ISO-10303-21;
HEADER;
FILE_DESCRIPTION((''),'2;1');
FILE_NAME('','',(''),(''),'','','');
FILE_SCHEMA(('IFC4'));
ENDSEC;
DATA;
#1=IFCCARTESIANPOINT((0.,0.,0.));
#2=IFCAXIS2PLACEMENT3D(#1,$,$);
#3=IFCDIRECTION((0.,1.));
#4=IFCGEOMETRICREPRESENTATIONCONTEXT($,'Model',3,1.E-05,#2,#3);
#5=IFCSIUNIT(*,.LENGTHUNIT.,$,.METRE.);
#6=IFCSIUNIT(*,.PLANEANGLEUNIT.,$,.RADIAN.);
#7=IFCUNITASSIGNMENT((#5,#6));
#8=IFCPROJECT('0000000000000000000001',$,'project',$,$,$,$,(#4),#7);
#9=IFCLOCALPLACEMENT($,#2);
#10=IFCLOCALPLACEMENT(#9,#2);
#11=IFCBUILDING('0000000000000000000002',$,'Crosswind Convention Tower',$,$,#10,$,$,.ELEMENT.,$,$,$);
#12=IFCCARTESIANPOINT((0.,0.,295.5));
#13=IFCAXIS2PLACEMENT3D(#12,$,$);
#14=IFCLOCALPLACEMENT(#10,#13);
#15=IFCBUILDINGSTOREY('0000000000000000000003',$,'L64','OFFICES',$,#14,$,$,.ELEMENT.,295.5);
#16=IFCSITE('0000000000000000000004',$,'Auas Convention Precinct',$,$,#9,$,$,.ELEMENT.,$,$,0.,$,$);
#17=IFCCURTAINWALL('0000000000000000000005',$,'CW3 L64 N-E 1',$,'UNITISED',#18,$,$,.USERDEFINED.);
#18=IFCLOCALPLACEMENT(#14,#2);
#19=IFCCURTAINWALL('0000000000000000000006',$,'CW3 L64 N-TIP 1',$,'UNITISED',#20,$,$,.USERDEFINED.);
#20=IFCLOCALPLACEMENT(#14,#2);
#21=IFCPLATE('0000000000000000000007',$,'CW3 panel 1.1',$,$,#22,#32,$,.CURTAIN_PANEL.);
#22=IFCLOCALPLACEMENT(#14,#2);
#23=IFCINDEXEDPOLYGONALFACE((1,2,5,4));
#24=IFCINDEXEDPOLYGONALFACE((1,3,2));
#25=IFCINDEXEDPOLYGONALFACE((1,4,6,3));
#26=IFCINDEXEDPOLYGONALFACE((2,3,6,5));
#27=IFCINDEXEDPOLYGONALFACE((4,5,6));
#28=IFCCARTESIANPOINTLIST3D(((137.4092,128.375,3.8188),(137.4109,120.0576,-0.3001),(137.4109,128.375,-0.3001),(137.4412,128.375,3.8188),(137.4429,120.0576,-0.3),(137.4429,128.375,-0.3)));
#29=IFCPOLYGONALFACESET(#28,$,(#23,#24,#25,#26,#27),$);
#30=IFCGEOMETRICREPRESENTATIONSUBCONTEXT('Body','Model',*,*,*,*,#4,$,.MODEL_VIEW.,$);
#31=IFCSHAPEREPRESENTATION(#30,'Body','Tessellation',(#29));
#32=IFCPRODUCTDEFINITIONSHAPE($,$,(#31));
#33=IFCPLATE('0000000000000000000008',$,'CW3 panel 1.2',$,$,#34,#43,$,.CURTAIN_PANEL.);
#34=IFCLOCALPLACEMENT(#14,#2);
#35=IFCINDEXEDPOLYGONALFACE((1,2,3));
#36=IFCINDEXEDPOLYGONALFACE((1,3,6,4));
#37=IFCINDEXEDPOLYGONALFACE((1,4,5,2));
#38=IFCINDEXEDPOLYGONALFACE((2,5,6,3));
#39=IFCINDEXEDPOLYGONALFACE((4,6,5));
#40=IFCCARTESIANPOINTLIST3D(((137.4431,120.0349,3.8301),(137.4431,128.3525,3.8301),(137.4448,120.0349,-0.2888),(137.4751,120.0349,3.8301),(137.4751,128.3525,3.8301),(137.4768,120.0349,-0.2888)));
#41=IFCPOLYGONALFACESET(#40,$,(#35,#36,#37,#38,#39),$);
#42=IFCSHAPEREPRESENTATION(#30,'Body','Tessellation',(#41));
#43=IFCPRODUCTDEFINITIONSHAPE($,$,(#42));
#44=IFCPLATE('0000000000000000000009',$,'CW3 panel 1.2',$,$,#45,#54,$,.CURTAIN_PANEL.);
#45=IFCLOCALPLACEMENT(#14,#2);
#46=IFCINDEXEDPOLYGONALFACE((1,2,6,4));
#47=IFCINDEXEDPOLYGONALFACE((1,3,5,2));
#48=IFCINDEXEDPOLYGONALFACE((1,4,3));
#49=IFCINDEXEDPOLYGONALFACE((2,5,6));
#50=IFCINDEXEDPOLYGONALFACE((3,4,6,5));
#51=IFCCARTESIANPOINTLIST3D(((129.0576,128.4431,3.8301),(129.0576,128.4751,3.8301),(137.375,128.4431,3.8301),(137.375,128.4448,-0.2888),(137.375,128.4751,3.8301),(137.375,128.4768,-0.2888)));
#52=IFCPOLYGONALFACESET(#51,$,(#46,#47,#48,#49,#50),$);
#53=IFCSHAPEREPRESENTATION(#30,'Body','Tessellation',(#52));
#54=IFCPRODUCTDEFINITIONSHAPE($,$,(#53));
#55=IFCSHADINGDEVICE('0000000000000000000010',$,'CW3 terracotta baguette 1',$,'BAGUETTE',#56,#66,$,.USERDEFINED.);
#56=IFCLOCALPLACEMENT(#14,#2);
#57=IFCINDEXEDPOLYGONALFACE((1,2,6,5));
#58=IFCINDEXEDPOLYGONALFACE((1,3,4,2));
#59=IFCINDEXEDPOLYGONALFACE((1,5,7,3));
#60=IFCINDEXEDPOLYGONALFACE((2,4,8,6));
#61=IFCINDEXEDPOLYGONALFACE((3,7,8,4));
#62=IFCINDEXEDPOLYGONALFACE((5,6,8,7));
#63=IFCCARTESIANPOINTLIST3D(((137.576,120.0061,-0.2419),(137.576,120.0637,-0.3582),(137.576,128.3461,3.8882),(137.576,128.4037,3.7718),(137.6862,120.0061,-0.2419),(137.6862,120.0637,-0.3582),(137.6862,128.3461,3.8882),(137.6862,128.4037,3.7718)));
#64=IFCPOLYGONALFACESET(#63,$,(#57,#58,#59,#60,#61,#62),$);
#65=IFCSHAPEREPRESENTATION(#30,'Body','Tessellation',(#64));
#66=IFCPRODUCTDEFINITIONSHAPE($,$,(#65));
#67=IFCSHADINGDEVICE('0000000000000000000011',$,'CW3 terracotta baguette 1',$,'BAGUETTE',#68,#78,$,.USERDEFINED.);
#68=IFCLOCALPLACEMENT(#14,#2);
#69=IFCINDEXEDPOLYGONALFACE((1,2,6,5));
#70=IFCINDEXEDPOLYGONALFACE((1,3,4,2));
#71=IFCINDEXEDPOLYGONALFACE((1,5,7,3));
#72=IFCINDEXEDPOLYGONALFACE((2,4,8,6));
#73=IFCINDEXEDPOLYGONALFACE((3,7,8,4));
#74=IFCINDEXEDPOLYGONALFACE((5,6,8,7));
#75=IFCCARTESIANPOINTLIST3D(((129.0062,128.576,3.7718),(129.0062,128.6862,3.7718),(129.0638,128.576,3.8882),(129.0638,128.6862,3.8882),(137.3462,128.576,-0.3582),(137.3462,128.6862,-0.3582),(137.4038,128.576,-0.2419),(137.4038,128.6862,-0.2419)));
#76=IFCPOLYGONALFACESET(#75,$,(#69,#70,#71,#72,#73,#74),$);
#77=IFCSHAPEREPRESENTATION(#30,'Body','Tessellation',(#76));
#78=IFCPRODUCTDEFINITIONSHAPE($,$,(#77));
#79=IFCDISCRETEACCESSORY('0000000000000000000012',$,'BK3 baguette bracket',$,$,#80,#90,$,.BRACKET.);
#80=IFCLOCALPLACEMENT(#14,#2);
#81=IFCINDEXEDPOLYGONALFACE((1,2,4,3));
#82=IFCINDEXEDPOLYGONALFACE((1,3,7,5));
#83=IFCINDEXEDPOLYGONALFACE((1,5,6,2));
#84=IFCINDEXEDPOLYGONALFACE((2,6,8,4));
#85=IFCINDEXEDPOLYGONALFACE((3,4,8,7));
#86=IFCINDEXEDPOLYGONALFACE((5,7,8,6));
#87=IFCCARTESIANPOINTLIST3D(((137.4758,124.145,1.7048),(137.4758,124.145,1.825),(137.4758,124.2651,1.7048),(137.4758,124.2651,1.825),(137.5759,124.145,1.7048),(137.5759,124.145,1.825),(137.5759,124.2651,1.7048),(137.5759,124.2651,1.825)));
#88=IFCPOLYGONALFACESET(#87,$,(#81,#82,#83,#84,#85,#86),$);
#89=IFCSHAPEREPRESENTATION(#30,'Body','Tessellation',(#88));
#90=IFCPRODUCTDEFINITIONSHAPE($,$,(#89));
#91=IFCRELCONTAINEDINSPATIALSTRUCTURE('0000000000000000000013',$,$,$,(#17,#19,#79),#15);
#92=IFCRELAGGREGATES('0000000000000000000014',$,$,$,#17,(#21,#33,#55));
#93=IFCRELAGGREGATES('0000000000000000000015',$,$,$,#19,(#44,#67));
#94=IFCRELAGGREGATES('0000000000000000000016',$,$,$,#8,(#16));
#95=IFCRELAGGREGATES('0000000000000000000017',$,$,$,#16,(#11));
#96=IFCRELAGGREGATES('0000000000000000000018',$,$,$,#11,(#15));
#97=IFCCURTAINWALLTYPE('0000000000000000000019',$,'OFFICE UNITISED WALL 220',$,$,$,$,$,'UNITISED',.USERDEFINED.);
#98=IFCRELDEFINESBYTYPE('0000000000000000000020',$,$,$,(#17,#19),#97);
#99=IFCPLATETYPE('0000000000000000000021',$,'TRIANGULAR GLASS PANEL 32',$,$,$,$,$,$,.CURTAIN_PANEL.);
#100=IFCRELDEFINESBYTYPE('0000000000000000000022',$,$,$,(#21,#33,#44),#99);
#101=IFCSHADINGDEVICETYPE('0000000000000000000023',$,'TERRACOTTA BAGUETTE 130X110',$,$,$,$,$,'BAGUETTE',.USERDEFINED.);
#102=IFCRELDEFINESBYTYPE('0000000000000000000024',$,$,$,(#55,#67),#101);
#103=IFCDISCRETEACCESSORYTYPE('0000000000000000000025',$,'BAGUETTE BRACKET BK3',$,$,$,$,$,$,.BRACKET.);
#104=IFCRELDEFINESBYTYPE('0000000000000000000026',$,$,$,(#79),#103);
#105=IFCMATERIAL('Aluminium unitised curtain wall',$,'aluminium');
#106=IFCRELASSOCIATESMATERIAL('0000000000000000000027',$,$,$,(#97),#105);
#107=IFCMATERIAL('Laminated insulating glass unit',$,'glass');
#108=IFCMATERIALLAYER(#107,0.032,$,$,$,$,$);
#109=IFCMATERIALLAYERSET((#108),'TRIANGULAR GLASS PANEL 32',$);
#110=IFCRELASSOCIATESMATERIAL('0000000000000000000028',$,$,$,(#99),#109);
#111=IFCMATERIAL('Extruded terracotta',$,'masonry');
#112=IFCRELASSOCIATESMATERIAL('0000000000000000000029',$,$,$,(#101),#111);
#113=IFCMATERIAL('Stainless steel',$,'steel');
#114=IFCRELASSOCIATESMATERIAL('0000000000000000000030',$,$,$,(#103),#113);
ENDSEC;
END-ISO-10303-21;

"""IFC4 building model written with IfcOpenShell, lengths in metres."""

from ifc_helpers import new_model, si_unit, direction, frame, origin, origin_2d, place, context, subcontext, project, spatial, polyline, rectangle, outline, extrude, material, layer, layer_set, material_profile, profile_set, type_object, element, aggregate, save


model = new_model("IFC4")

# Units and contexts
model_context = context("Model", 3, precision=1e-05, world=origin(), true_north=direction((0.0, 1.0)))
body_context = subcontext(model_context, "Body", "Model", "MODEL_VIEW")
ifc_project = project(units=[si_unit("LENGTHUNIT", "METRE"), si_unit("PLANEANGLEUNIT", "RADIAN")], contexts=[model_context])

# Site, building, storey
site_placement = place(None, origin())
site = spatial("IfcSite", under=ifc_project, at=site_placement, Name="Auas Convention Precinct", CompositionType="ELEMENT", RefElevation=0.0)
building_placement = place(site_placement, origin())
building = spatial("IfcBuilding", under=site, at=building_placement, Name="Crosswind Convention Tower", CompositionType="ELEMENT")
storey_placement = place(building_placement, frame((0.0, 0.0, 295.5)))
storey = spatial("IfcBuildingStorey", under=building, at=storey_placement, Name="L64", Description="OFFICES", CompositionType="ELEMENT", Elevation=295.5)

# Curtain wall
ifc_material_1 = material(Name="Aluminium unitised curtain wall", Category="aluminium")
curtain_wall_type_1 = type_object("IfcCurtainWallType", Name="OFFICE UNITISED WALL 220", ElementType="UNITISED", PredefinedType="USERDEFINED", material=ifc_material_1)
curtain_wall_1_placement = place(storey_placement, origin())
curtain_wall_1 = element("IfcCurtainWall", 1, at=curtain_wall_1_placement, inside=storey, type_object=curtain_wall_type_1, Name="CW3 L64 N-E 1", ObjectType="UNITISED", PredefinedType="USERDEFINED")

# Curtain wall
curtain_wall_2_placement = place(storey_placement, origin())
curtain_wall_2 = element("IfcCurtainWall", 2, at=curtain_wall_2_placement, inside=storey, type_object=curtain_wall_type_1, Name="CW3 L64 N-TIP 1", ObjectType="UNITISED", PredefinedType="USERDEFINED")

# Plates
ifc_material_2 = material(Name="Laminated insulating glass unit", Category="glass")
ifc_layer_1 = layer(ifc_material_2, 0.032)
ifc_layer_set_1 = layer_set([ifc_layer_1], Name="TRIANGULAR GLASS PANEL 32")
plate_type_1 = type_object("IfcPlateType", Name="TRIANGULAR GLASS PANEL 32", PredefinedType="CURTAIN_PANEL", material=ifc_layer_set_1)
plate_1_placement = place(storey_placement, frame((137.4429, 128.375, -0.3), z_axis=(1.0, 0.0, 0.000415), x_axis=(-0.000415, 0.0, 1.0)))
plate_1 = element("IfcPlate", 3, at=plate_1_placement, type_object=plate_type_1, Name="CW3 panel 1.1", PredefinedType="CURTAIN_PANEL", context=body_context, shape_type="SweptSolid", body=[
    extrude(outline(polyline([(0.0, 0.0), (4.1189, 0.0), (0.0, 8.3174), (0.0, 0.0)])), origin(), (0.0, 0.0, -1.0), 0.032),
])
plate_2_placement = place(storey_placement, frame((137.4751, 120.0349, 3.8301), z_axis=(1.0, 0.0, 0.000415), x_axis=(0.000415, 0.0, -1.0)))
plate_2 = element("IfcPlate", 4, at=plate_2_placement, type_object=plate_type_1, Name="CW3 panel 1.2", PredefinedType="CURTAIN_PANEL", context=body_context, shape_type="SweptSolid", body=[
    extrude(outline(polyline([(0.0, 0.0), (4.1189, 0.0), (0.0, 8.3176), (0.0, 0.0)])), origin(), (0.0, 0.0, -1.0), 0.032),
])
plate_3_placement = place(storey_placement, frame((137.375, 128.4751, 3.8301), z_axis=(0.0, 1.0, 0.000415), x_axis=(0.0, 0.000415, -1.0)))
plate_3 = element("IfcPlate", 5, at=plate_3_placement, type_object=plate_type_1, Name="CW3 panel 1.2", PredefinedType="CURTAIN_PANEL", context=body_context, shape_type="SweptSolid", body=[
    extrude(outline(polyline([(0.0, 0.0), (4.1189, 0.0), (0.0, 8.3174), (0.0, 0.0)])), origin(), (0.0, 0.0, -1.0), 0.032),
])

# Shading devices
ifc_material_3 = material(Name="Extruded terracotta", Category="masonry")
ifc_material_profile_1 = material_profile(ifc_material_3, rectangle(XDim=0.1101, YDim=0.1299, at=origin_2d()), Name="TC 110X130")
ifc_profile_set_1 = profile_set([ifc_material_profile_1], Name="Extruded terracotta")
shading_device_type = type_object("IfcShadingDeviceType", Name="TERRACOTTA BAGUETTE 130X110", ElementType="BAGUETTE", PredefinedType="USERDEFINED", material=ifc_profile_set_1)
shading_device_1_placement = place(storey_placement, frame((137.6311, 120.0349, -0.3), z_axis=(0.0, 0.896136, 0.443779), x_axis=(-1.0, 0.0, 0.0)))
shading_device_1 = element("IfcShadingDevice", 6, at=shading_device_1_placement, type_object=shading_device_type, Name="CW3 terracotta baguette 1", ObjectType="BAGUETTE", PredefinedType="USERDEFINED", context=body_context, shape_type="SweptSolid", body=[
    extrude(rectangle(XDim=0.1101, YDim=0.1299, at=origin_2d()), origin(), (0.0, 0.0, 1.0), 9.3066),
])
aggregate(curtain_wall_1, [plate_1, plate_2, shading_device_1])
shading_device_2_placement = place(storey_placement, frame((137.375, 128.6311, -0.3), z_axis=(-0.896136, 0.0, 0.443779), x_axis=(0.0, -1.0, 0.0)))
shading_device_2 = element("IfcShadingDevice", 7, at=shading_device_2_placement, type_object=shading_device_type, Name="CW3 terracotta baguette 1", ObjectType="BAGUETTE", PredefinedType="USERDEFINED", context=body_context, shape_type="SweptSolid", body=[
    extrude(rectangle(XDim=0.1101, YDim=0.1299, at=origin_2d()), origin(), (0.0, 0.0, 1.0), 9.3066),
])
aggregate(curtain_wall_2, [plate_3, shading_device_2])

# Discrete accessory
ifc_material_4 = material(Name="Stainless steel", Category="steel")
discrete_accessory_type = type_object("IfcDiscreteAccessoryType", Name="BAGUETTE BRACKET BK3", PredefinedType="BRACKET", material=ifc_material_4)
discrete_accessory_placement = place(storey_placement, frame((137.5259, 124.2051, 1.7048), z_axis=(0.0, 0.0, 1.0), x_axis=(0.0, 1.0, 0.0)))
element("IfcDiscreteAccessory", 8, at=discrete_accessory_placement, inside=storey, type_object=discrete_accessory_type, Name="BK3 baguette bracket", PredefinedType="BRACKET", context=body_context, shape_type="SweptSolid", body=[
    extrude(rectangle(XDim=0.1201, YDim=0.1001, at=origin_2d()), origin(), (0.0, 0.0, 1.0), 0.1201),
])

save(model, "model.ifc")
